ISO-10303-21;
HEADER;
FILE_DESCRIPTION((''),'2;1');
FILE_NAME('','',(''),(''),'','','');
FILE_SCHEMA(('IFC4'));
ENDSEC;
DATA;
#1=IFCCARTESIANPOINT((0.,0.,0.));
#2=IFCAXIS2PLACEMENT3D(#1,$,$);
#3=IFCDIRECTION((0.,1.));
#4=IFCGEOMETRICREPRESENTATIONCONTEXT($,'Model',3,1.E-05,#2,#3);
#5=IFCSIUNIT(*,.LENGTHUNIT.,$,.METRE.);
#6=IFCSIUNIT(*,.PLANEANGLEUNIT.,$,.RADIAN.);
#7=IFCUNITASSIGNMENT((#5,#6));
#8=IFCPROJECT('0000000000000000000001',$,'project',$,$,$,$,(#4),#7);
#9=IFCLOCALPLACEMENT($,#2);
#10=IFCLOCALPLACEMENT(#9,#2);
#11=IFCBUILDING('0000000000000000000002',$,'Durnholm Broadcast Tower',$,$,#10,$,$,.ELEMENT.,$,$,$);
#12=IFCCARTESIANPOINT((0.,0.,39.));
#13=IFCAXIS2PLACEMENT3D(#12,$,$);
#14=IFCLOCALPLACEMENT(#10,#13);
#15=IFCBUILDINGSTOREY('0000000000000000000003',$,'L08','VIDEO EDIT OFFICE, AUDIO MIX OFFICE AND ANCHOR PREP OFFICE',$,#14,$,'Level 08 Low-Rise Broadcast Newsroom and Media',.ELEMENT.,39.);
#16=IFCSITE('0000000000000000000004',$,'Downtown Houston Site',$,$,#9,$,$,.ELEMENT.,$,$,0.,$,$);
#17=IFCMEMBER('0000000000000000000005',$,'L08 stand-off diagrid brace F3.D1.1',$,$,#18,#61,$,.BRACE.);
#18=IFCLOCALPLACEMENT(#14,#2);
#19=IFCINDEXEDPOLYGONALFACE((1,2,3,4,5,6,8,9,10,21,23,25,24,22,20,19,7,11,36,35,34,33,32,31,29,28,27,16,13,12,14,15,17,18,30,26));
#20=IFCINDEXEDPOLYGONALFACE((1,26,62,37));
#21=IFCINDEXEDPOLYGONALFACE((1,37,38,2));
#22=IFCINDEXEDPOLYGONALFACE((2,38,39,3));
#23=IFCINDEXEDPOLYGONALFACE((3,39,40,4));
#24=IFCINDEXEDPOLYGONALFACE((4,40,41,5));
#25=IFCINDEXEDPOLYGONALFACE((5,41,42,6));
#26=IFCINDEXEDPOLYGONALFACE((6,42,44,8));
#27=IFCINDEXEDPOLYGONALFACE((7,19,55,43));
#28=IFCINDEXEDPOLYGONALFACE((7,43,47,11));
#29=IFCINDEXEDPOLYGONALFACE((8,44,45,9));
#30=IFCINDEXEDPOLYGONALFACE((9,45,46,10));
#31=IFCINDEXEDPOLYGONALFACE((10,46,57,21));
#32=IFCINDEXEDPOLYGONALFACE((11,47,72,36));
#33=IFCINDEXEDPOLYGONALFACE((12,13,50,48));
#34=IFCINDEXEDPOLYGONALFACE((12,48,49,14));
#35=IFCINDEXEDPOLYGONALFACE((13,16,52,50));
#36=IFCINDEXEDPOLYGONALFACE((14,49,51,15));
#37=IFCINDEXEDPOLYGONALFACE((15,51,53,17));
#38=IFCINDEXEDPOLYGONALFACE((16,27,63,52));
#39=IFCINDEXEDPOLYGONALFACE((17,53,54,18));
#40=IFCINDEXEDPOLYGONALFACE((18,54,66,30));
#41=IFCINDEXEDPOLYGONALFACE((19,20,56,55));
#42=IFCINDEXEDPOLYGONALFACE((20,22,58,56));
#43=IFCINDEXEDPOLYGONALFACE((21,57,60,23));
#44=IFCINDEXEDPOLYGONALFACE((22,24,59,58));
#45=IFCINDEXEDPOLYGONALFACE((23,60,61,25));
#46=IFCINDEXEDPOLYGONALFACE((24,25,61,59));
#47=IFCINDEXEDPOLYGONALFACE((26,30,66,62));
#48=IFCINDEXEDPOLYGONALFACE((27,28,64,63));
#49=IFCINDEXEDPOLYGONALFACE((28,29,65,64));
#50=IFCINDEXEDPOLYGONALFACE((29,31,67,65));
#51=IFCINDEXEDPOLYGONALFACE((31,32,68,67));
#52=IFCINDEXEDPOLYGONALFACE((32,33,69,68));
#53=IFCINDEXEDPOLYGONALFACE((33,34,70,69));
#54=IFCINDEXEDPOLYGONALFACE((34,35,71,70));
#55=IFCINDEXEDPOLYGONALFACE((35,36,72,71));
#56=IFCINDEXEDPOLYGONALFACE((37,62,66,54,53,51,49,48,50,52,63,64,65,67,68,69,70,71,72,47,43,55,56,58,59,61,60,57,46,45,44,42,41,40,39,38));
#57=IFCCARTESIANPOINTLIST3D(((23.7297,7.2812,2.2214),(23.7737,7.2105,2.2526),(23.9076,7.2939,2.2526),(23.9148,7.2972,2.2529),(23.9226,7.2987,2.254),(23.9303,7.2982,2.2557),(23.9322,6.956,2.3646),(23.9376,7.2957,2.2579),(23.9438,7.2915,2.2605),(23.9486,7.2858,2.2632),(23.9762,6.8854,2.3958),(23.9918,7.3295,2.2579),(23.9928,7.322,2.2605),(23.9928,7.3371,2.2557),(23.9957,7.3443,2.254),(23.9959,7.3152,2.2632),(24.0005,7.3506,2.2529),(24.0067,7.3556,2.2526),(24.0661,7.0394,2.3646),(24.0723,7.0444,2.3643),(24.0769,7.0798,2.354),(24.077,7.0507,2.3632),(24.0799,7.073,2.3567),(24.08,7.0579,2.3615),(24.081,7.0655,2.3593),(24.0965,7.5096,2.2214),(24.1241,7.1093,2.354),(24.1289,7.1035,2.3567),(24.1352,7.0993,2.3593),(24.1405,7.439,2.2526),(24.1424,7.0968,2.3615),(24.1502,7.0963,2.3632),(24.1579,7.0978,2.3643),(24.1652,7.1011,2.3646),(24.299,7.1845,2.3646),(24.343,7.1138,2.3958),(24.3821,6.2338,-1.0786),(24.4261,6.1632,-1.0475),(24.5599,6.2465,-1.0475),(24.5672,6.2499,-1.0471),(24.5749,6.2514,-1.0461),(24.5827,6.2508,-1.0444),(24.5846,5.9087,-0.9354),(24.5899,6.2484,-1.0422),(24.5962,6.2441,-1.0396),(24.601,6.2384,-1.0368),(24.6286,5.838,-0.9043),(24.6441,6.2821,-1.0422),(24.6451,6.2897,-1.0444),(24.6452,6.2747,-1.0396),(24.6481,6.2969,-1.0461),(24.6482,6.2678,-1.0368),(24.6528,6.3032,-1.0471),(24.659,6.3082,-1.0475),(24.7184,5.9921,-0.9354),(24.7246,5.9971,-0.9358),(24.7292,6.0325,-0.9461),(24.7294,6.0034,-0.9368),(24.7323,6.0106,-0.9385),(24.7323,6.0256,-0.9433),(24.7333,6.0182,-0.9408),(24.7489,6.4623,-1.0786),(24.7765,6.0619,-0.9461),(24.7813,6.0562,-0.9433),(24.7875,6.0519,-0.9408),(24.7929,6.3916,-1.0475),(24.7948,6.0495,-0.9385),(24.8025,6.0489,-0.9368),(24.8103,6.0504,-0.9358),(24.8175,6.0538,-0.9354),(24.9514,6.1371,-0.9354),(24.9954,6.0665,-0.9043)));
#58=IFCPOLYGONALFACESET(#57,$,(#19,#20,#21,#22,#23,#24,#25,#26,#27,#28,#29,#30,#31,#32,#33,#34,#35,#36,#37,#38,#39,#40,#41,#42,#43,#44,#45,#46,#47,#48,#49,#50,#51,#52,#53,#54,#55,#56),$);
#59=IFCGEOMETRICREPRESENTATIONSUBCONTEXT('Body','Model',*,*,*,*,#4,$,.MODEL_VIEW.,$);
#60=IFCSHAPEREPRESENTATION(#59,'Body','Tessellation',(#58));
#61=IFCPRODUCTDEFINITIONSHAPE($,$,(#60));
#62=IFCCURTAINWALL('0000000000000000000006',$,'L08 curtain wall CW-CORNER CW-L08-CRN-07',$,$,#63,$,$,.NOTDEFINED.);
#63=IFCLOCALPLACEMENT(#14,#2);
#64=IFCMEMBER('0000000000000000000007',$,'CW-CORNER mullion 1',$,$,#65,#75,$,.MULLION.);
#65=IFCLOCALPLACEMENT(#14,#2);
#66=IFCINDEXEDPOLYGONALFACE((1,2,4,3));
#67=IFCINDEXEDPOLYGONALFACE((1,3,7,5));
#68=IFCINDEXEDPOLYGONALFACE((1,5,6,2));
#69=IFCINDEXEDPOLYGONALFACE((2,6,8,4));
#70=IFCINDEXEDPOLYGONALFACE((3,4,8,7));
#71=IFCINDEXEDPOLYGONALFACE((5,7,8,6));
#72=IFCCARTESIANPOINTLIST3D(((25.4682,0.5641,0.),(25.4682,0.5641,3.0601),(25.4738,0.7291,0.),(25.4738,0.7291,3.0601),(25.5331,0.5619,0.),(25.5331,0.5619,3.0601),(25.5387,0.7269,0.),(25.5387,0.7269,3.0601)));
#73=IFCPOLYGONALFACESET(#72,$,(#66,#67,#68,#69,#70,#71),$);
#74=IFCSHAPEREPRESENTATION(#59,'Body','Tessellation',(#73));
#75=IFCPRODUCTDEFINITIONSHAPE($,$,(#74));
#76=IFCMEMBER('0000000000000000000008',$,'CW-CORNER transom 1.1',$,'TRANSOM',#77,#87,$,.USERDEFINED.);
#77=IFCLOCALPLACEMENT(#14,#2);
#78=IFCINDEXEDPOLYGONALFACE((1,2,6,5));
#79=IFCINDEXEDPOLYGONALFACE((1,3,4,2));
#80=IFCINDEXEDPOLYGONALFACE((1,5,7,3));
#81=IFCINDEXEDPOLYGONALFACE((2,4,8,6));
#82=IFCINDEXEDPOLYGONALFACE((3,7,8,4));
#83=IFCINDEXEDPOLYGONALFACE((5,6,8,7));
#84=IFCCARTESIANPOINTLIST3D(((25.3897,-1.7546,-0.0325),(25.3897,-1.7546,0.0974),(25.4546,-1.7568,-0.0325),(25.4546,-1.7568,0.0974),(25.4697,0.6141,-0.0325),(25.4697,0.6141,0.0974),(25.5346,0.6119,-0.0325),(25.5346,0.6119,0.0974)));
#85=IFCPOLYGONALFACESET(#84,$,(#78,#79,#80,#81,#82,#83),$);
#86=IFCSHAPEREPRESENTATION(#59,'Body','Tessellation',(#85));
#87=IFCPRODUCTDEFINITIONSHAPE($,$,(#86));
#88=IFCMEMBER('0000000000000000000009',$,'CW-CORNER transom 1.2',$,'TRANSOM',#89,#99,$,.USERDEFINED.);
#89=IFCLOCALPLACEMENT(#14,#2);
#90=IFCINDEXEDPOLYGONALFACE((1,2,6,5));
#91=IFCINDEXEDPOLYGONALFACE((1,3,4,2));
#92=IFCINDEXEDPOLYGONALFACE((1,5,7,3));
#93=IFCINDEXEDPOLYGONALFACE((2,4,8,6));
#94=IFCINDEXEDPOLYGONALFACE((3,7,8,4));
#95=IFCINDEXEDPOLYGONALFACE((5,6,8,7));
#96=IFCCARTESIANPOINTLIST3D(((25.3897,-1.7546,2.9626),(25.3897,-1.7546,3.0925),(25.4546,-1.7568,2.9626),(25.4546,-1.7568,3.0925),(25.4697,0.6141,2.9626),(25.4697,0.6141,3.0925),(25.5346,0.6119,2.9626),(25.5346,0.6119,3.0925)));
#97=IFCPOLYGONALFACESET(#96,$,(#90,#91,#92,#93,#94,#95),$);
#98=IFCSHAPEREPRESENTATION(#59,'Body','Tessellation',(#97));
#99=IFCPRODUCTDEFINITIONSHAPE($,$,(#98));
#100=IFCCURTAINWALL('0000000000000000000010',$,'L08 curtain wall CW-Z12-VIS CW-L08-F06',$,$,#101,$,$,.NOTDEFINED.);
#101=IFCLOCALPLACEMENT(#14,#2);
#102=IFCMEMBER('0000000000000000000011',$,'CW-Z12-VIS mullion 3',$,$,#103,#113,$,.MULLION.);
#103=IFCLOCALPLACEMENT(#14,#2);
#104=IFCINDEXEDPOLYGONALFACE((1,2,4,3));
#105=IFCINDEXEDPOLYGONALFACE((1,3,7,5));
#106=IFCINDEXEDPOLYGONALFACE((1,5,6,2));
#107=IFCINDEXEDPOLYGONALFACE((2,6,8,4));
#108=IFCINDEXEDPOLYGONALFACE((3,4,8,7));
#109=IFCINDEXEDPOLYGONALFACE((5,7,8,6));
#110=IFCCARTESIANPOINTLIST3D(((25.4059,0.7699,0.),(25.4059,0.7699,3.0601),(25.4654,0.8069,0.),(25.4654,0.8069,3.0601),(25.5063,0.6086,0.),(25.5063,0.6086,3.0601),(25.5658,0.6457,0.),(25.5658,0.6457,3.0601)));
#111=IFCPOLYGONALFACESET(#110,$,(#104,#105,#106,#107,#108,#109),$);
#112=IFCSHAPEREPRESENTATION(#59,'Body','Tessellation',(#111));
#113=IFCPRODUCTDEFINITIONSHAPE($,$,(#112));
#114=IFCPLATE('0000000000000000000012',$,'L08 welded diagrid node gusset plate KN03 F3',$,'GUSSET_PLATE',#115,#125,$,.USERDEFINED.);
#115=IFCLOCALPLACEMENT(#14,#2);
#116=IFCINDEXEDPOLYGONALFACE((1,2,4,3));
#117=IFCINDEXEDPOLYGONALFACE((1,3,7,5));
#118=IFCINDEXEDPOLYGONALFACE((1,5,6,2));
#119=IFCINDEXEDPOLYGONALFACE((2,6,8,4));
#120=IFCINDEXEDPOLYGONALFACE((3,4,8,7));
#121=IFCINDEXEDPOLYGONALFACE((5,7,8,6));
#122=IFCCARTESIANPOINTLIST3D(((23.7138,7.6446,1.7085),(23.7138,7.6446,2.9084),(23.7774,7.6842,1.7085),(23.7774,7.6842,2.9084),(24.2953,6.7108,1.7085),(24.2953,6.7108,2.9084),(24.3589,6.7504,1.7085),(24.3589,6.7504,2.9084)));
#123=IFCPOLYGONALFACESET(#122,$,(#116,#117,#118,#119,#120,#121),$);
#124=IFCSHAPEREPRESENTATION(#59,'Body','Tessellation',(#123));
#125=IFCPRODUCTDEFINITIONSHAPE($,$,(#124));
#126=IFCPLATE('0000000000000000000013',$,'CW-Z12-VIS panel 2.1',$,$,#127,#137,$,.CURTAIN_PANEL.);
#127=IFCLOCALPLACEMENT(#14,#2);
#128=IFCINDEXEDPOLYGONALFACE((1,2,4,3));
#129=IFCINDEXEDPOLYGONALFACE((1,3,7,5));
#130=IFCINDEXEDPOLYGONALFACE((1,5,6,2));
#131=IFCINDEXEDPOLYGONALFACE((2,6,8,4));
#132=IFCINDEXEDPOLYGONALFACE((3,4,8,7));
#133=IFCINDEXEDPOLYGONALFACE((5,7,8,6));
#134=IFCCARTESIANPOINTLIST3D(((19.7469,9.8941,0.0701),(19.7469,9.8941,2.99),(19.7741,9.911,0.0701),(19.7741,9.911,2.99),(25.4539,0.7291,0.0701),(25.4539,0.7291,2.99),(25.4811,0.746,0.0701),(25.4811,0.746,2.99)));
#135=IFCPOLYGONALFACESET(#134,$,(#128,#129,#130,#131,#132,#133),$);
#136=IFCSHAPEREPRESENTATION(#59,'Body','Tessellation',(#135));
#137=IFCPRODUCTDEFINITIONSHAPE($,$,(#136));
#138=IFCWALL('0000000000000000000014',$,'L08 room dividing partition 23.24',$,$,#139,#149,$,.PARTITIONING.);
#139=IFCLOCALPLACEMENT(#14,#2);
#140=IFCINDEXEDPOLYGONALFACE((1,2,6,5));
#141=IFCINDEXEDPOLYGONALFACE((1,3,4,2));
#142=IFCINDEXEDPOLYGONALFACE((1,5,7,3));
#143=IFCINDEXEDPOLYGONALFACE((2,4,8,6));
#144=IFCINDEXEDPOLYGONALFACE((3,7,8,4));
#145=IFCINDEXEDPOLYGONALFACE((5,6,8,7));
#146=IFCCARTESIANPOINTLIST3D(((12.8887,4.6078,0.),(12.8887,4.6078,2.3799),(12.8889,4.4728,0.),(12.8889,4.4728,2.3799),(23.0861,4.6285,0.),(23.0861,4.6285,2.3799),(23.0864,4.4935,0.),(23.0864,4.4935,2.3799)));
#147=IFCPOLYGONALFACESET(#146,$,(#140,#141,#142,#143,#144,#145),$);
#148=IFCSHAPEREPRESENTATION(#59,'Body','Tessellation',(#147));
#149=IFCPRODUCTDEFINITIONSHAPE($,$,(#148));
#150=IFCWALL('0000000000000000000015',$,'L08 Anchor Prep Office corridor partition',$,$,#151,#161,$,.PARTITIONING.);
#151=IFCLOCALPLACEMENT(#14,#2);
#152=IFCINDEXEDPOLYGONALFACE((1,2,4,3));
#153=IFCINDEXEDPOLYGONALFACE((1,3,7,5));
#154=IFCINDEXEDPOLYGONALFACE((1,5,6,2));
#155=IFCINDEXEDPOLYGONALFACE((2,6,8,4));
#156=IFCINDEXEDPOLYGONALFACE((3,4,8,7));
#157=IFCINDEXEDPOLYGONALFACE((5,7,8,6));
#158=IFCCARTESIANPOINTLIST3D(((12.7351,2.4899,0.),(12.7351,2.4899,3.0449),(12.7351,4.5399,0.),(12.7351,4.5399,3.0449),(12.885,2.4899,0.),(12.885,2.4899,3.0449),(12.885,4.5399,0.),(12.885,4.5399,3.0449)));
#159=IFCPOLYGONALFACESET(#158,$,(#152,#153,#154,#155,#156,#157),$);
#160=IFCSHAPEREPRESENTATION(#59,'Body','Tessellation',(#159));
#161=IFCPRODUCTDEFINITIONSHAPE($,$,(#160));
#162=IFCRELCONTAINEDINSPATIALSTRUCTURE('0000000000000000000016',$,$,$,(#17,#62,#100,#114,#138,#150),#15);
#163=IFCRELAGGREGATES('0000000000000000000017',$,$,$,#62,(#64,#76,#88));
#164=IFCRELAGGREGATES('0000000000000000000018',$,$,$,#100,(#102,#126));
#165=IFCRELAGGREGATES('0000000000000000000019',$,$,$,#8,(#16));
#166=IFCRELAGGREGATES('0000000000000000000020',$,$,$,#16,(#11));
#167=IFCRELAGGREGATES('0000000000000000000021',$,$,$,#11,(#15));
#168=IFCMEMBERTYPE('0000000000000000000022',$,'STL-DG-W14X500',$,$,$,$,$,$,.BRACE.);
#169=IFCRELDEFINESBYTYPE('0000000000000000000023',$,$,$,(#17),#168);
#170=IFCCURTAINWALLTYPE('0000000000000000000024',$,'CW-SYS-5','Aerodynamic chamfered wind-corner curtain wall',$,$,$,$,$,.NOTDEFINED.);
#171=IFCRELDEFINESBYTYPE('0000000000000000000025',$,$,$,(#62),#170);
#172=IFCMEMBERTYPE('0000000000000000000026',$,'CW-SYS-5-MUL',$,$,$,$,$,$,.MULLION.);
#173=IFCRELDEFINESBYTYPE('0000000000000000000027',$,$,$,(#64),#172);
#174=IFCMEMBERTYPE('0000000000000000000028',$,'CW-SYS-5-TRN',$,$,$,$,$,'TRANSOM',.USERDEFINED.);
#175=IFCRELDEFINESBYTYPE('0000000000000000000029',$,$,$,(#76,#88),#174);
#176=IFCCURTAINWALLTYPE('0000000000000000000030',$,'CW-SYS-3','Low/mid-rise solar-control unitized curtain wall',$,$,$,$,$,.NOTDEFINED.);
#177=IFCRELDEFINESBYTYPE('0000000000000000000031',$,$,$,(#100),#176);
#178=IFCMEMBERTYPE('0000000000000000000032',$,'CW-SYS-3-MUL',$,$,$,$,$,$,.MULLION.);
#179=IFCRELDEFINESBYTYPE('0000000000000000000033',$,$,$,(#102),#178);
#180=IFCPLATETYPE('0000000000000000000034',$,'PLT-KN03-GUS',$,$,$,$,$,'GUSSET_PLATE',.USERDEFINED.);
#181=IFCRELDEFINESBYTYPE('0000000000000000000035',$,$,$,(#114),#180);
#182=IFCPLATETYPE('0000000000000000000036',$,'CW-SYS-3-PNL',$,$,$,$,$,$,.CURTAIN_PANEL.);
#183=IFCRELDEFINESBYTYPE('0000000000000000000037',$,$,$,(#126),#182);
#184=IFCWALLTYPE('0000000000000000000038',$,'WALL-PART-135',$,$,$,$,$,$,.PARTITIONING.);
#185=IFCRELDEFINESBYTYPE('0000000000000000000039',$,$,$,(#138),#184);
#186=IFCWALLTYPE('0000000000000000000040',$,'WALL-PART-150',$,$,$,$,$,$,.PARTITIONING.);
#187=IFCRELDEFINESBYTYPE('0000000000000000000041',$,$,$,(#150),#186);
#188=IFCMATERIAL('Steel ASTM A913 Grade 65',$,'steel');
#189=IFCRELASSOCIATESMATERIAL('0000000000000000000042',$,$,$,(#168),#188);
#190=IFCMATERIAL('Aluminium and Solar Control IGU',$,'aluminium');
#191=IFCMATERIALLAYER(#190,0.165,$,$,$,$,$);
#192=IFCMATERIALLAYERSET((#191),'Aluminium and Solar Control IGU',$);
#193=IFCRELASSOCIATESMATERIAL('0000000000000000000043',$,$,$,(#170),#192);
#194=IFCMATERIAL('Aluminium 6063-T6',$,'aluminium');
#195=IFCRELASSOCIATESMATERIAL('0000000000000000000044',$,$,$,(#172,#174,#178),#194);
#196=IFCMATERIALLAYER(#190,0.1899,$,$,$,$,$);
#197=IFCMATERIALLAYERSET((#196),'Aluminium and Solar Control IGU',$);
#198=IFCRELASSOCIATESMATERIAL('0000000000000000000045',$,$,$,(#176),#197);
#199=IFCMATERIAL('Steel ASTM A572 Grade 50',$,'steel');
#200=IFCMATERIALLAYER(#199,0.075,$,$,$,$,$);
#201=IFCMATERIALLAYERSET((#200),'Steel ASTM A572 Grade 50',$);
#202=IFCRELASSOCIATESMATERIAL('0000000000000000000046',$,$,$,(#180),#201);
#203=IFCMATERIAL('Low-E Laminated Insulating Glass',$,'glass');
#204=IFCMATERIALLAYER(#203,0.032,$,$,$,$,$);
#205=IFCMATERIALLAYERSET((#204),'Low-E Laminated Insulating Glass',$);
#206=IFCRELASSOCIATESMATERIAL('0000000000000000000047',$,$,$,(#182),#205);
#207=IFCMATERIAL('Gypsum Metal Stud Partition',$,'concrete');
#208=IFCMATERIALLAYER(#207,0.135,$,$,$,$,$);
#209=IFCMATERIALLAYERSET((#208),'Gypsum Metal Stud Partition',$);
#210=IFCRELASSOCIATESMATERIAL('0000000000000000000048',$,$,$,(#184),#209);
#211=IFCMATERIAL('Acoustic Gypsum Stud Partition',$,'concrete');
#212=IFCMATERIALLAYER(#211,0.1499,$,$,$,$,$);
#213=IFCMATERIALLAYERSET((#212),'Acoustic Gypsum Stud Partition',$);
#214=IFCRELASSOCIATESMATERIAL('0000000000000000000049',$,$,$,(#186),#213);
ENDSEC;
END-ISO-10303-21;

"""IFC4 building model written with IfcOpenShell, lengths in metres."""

from ifc_helpers import new_model, si_unit, direction, frame, frame_2d, origin, origin_2d, place, context, subcontext, project, spatial, rectangle, i_section, extrude, source, transform, mapped, material, layer, layer_set, material_profile, profile_set, type_object, type_shapes, element, aggregate, save


model = new_model("IFC4")

# Units and contexts
model_context = context("Model", 3, precision=1e-05, world=origin(), true_north=direction((0.0, 1.0)))
body_context = subcontext(model_context, "Body", "Model", "MODEL_VIEW")
ifc_project = project(units=[si_unit("LENGTHUNIT", "METRE"), si_unit("PLANEANGLEUNIT", "RADIAN")], contexts=[model_context])

# Site, building, storey
site_placement = place(None, origin())
site = spatial("IfcSite", under=ifc_project, at=site_placement, Name="Downtown Houston Site", CompositionType="ELEMENT", RefElevation=0.0)
building_placement = place(site_placement, origin())
building = spatial("IfcBuilding", under=site, at=building_placement, Name="Durnholm Broadcast Tower", CompositionType="ELEMENT")
storey_placement = place(building_placement, frame((0.0, 0.0, 39.0)))
storey = spatial("IfcBuildingStorey", under=building, at=storey_placement, Name="L08", Description="VIDEO EDIT OFFICE, AUDIO MIX OFFICE AND ANCHOR PREP OFFICE", LongName="Level 08 Low-Rise Broadcast Newsroom and Media", CompositionType="ELEMENT", Elevation=39.0)

# Member
ifc_material_1 = material(Name="Steel ASTM A913 Grade 65", Category="steel")
ifc_material_profile_1 = material_profile(ifc_material_1, i_section(OverallWidth=0.4321, OverallDepth=0.4978, WebThickness=0.0557, FlangeThickness=0.0889, FilletRadius=0.0305, at=origin_2d()), Name="W14X500")
ifc_profile_set_1 = profile_set([ifc_material_profile_1], Name="Steel ASTM A913 Grade 65")
member_type_1 = type_object("IfcMemberType", Name="STL-DG-W14X500", PredefinedType="BRACE", material=ifc_profile_set_1)
shared_shape_1 = source(origin(), body_context, "Body", "SweptSolid", [
    extrude(i_section(OverallWidth=0.4321, OverallDepth=0.4978, WebThickness=0.0557, FlangeThickness=0.0889, FilletRadius=0.0305, at=origin_2d()), origin(), (0.0, 0.0, 1.0), 3.5232),
])
type_shapes(member_type_1, [shared_shape_1])
member_1_placement = place(storey_placement, frame((24.6887, 6.1501, -0.9915), z_axis=(-0.185157, 0.297277, 0.936666), x_axis=(-0.84882, -0.528682, 0.0)))
element("IfcMember", 1, at=member_1_placement, inside=storey, type_object=member_type_1, Name="L08 stand-off diagrid brace F3.D1.1", PredefinedType="BRACE", context=body_context, shape_type="MappedRepresentation", body=[
    mapped(shared_shape_1, transform((0.0, 0.0, 0.0), x_axis=(1.0, 0.0, 0.0), y_axis=(0.0, 1.0, 0.0), z_axis=(0.0, 0.0, 1.0), scale=1.0)),
])

# Curtain wall, members
ifc_material_2 = material(Name="Aluminium and Solar Control IGU", Category="aluminium")
ifc_layer_1 = layer(ifc_material_2, 0.165)
ifc_layer_set_1 = layer_set([ifc_layer_1], Name="Aluminium and Solar Control IGU")
curtain_wall_type_1 = type_object("IfcCurtainWallType", Name="CW-SYS-5", Description="Aerodynamic chamfered wind-corner curtain wall", PredefinedType="NOTDEFINED", material=ifc_layer_set_1)
curtain_wall_1_placement = place(storey_placement, origin())
curtain_wall_1 = element("IfcCurtainWall", 2, at=curtain_wall_1_placement, inside=storey, type_object=curtain_wall_type_1, Name="L08 curtain wall CW-CORNER CW-L08-CRN-07", PredefinedType="NOTDEFINED")
ifc_material_3 = material(Name="Aluminium 6063-T6", Category="aluminium")
ifc_material_profile_2 = material_profile(ifc_material_3, rectangle(XDim=0.0649, YDim=0.165, at=origin_2d()), Name="CWM65X165")
ifc_profile_set_2 = profile_set([ifc_material_profile_2], Name="Aluminium 6063-T6")
member_type_2 = type_object("IfcMemberType", Name="CW-SYS-5-MUL", PredefinedType="MULLION", material=ifc_profile_set_2)
shared_shape_2 = source(origin(), body_context, "Body", "SweptSolid", [
    extrude(rectangle(XDim=0.0649, YDim=0.165, at=origin_2d()), origin(), (0.0, 0.0, 1.0), 3.0601),
])
type_shapes(member_type_2, [shared_shape_2])
member_2_placement = place(storey_placement, frame((25.5034, 0.6455, 0.0), z_axis=(0.0, 0.0, 1.0), x_axis=(0.999427, -0.03384, 0.0)))
member_2 = element("IfcMember", 3, at=member_2_placement, type_object=member_type_2, Name="CW-CORNER mullion 1", PredefinedType="MULLION", context=body_context, shape_type="MappedRepresentation", body=[
    mapped(shared_shape_2, transform((0.0, 0.0, 0.0), x_axis=(1.0, 0.0, 0.0), y_axis=(0.0, 1.0, 0.0), z_axis=(0.0, 0.0, 1.0), scale=1.0)),
])
ifc_material_profile_3 = material_profile(ifc_material_3, rectangle(XDim=0.0649, YDim=0.1299, at=origin_2d()), Name="CWT65X130")
ifc_profile_set_3 = profile_set([ifc_material_profile_3], Name="Aluminium 6063-T6")
member_type_3 = type_object("IfcMemberType", Name="CW-SYS-5-TRN", ElementType="TRANSOM", PredefinedType="USERDEFINED", material=ifc_profile_set_3)
shared_shape_3 = source(origin(), body_context, "Body", "SweptSolid", [
    extrude(rectangle(XDim=0.0649, YDim=0.1299, at=origin_2d()), origin(), (0.0, 0.0, 1.0), 2.3701),
])
type_shapes(member_type_3, [shared_shape_3])
member_3_placement = place(storey_placement, frame((25.5022, 0.613, 0.0325), z_axis=(-0.033788, -0.999429, 0.0), x_axis=(0.999429, -0.033788, 0.0)))
member_3 = element("IfcMember", 4, at=member_3_placement, type_object=member_type_3, Name="CW-CORNER transom 1.1", ObjectType="TRANSOM", PredefinedType="USERDEFINED", context=body_context, shape_type="MappedRepresentation", body=[
    mapped(shared_shape_3, transform((0.0, 0.0, 0.0), x_axis=(1.0, 0.0, 0.0), y_axis=(0.0, 1.0, 0.0), z_axis=(0.0, 0.0, 1.0), scale=1.0)),
])
member_4_placement = place(storey_placement, frame((25.5022, 0.613, 3.0276), z_axis=(-0.033788, -0.999429, 0.0), x_axis=(0.999429, -0.033788, 0.0)))
member_4 = element("IfcMember", 5, at=member_4_placement, type_object=member_type_3, Name="CW-CORNER transom 1.2", ObjectType="TRANSOM", PredefinedType="USERDEFINED", context=body_context, shape_type="MappedRepresentation", body=[
    mapped(shared_shape_3, transform((0.0, 0.0, 0.0), x_axis=(1.0, 0.0, 0.0), y_axis=(0.0, 1.0, 0.0), z_axis=(0.0, 0.0, 1.0), scale=1.0)),
])
aggregate(curtain_wall_1, [member_2, member_3, member_4])

# Curtain wall, member
ifc_layer_2 = layer(ifc_material_2, 0.1899)
ifc_layer_set_2 = layer_set([ifc_layer_2], Name="Aluminium and Solar Control IGU")
curtain_wall_type_2 = type_object("IfcCurtainWallType", Name="CW-SYS-3", Description="Low/mid-rise solar-control unitized curtain wall", PredefinedType="NOTDEFINED", material=ifc_layer_set_2)
curtain_wall_2_placement = place(storey_placement, origin())
curtain_wall_2 = element("IfcCurtainWall", 6, at=curtain_wall_2_placement, inside=storey, type_object=curtain_wall_type_2, Name="L08 curtain wall CW-Z12-VIS CW-L08-F06", PredefinedType="NOTDEFINED")
ifc_material_profile_4 = material_profile(ifc_material_3, rectangle(XDim=0.0701, YDim=0.1899, at=origin_2d()), Name="CWM70X190")
ifc_profile_set_4 = profile_set([ifc_material_profile_4], Name="Aluminium 6063-T6")
member_type_4 = type_object("IfcMemberType", Name="CW-SYS-3-MUL", PredefinedType="MULLION", material=ifc_profile_set_4)
shared_shape_4 = source(origin(), body_context, "Body", "SweptSolid", [
    extrude(rectangle(XDim=0.0701, YDim=0.1899, at=origin_2d()), origin(), (0.0, 0.0, 1.0), 3.0601),
])
type_shapes(member_type_4, [shared_shape_4])
member_5_placement = place(storey_placement, frame((25.4858, 0.7078, 0.0), z_axis=(0.0, 0.0, 1.0), x_axis=(0.848876, 0.528592, 0.0)))
member_5 = element("IfcMember", 7, at=member_5_placement, type_object=member_type_4, Name="CW-Z12-VIS mullion 3", PredefinedType="MULLION", context=body_context, shape_type="MappedRepresentation", body=[
    mapped(shared_shape_4, transform((0.0, 0.0, 0.0), x_axis=(1.0, 0.0, 0.0), y_axis=(0.0, 1.0, 0.0), z_axis=(0.0, 0.0, 1.0), scale=1.0)),
])

# Plates
ifc_material_4 = material(Name="Steel ASTM A572 Grade 50", Category="steel")
ifc_layer_3 = layer(ifc_material_4, 0.075)
ifc_layer_set_3 = layer_set([ifc_layer_3], Name="Steel ASTM A572 Grade 50")
plate_type_1 = type_object("IfcPlateType", Name="PLT-KN03-GUS", ElementType="GUSSET_PLATE", PredefinedType="USERDEFINED", material=ifc_layer_set_3)
shared_shape_5 = source(origin(), body_context, "Body", "SweptSolid", [
    extrude(rectangle(XDim=1.1001, YDim=0.075, at=origin_2d()), origin(), (0.0, 0.0, 1.0), 1.2),
])
type_shapes(plate_type_1, [shared_shape_5])
plate_1_placement = place(storey_placement, frame((24.0364, 7.1975, 1.7085), z_axis=(0.0, 0.0, 1.0), x_axis=(-0.528587, 0.848879, 0.0)))
element("IfcPlate", 8, at=plate_1_placement, inside=storey, type_object=plate_type_1, Name="L08 welded diagrid node gusset plate KN03 F3", ObjectType="GUSSET_PLATE", PredefinedType="USERDEFINED", context=body_context, shape_type="MappedRepresentation", body=[
    mapped(shared_shape_5, transform((0.0, 0.0, 0.0), x_axis=(1.0, 0.0, 0.0), y_axis=(0.0, 1.0, 0.0), z_axis=(0.0, 0.0, 1.0), scale=1.0)),
])
ifc_material_5 = material(Name="Low-E Laminated Insulating Glass", Category="glass")
ifc_layer_4 = layer(ifc_material_5, 0.032)
ifc_layer_set_4 = layer_set([ifc_layer_4], Name="Low-E Laminated Insulating Glass")
plate_type_2 = type_object("IfcPlateType", Name="CW-SYS-3-PNL", PredefinedType="CURTAIN_PANEL", material=ifc_layer_set_4)
shared_shape_6 = source(origin(), body_context, "Body", "SweptSolid", [
    extrude(rectangle(XDim=10.7966, YDim=0.032, at=origin_2d()), origin(), (0.0, 0.0, 1.0), 2.9199),
])
type_shapes(plate_type_2, [shared_shape_6])
plate_2_placement = place(storey_placement, frame((22.614, 5.3201, 0.0701), z_axis=(0.0, 0.0, 1.0), x_axis=(0.528592, -0.848876, 0.0)))
plate_2 = element("IfcPlate", 9, at=plate_2_placement, type_object=plate_type_2, Name="CW-Z12-VIS panel 2.1", PredefinedType="CURTAIN_PANEL", context=body_context, shape_type="MappedRepresentation", body=[
    mapped(shared_shape_6, transform((0.0, 0.0, 0.0), x_axis=(1.0, 0.0, 0.0), y_axis=(0.0, 1.0, 0.0), z_axis=(0.0, 0.0, 1.0), scale=1.0)),
])
aggregate(curtain_wall_2, [member_5, plate_2])

# Walls
ifc_material_6 = material(Name="Gypsum Metal Stud Partition", Category="concrete")
ifc_layer_5 = layer(ifc_material_6, 0.135)
ifc_layer_set_5 = layer_set([ifc_layer_5], Name="Gypsum Metal Stud Partition")
wall_type_1 = type_object("IfcWallType", Name="WALL-PART-135", PredefinedType="PARTITIONING", material=ifc_layer_set_5)
wall_1_placement = place(storey_placement, frame((12.8889, 4.5403, 0.0), z_axis=(0.0, 0.0, 1.0), x_axis=(0.999998, 0.002035, 0.0)))
element("IfcWall", 10, at=wall_1_placement, inside=storey, type_object=wall_type_1, Name="L08 room dividing partition 23.24", PredefinedType="PARTITIONING", context=body_context, shape_type="SweptSolid", body=[
    extrude(rectangle(XDim=10.1975, YDim=0.135, at=frame_2d((5.0986, 0.0))), origin(), (0.0, 0.0, 1.0), 2.3799),
])
ifc_material_7 = material(Name="Acoustic Gypsum Stud Partition", Category="concrete")
ifc_layer_6 = layer(ifc_material_7, 0.1499)
ifc_layer_set_6 = layer_set([ifc_layer_6], Name="Acoustic Gypsum Stud Partition")
wall_type_2 = type_object("IfcWallType", Name="WALL-PART-150", PredefinedType="PARTITIONING", material=ifc_layer_set_6)
wall_2_placement = place(storey_placement, frame((12.8101, 2.49, 0.0), z_axis=(0.0, 0.0, 1.0), x_axis=(0.0, 1.0, 0.0)))
element("IfcWall", 11, at=wall_2_placement, inside=storey, type_object=wall_type_2, Name="L08 Anchor Prep Office corridor partition", PredefinedType="PARTITIONING", context=body_context, shape_type="SweptSolid", body=[
    extrude(rectangle(XDim=2.05, YDim=0.1499, at=frame_2d((1.0249, 0.0))), origin(), (0.0, 0.0, 1.0), 3.0449),
])

save(model, "model.ifc")
